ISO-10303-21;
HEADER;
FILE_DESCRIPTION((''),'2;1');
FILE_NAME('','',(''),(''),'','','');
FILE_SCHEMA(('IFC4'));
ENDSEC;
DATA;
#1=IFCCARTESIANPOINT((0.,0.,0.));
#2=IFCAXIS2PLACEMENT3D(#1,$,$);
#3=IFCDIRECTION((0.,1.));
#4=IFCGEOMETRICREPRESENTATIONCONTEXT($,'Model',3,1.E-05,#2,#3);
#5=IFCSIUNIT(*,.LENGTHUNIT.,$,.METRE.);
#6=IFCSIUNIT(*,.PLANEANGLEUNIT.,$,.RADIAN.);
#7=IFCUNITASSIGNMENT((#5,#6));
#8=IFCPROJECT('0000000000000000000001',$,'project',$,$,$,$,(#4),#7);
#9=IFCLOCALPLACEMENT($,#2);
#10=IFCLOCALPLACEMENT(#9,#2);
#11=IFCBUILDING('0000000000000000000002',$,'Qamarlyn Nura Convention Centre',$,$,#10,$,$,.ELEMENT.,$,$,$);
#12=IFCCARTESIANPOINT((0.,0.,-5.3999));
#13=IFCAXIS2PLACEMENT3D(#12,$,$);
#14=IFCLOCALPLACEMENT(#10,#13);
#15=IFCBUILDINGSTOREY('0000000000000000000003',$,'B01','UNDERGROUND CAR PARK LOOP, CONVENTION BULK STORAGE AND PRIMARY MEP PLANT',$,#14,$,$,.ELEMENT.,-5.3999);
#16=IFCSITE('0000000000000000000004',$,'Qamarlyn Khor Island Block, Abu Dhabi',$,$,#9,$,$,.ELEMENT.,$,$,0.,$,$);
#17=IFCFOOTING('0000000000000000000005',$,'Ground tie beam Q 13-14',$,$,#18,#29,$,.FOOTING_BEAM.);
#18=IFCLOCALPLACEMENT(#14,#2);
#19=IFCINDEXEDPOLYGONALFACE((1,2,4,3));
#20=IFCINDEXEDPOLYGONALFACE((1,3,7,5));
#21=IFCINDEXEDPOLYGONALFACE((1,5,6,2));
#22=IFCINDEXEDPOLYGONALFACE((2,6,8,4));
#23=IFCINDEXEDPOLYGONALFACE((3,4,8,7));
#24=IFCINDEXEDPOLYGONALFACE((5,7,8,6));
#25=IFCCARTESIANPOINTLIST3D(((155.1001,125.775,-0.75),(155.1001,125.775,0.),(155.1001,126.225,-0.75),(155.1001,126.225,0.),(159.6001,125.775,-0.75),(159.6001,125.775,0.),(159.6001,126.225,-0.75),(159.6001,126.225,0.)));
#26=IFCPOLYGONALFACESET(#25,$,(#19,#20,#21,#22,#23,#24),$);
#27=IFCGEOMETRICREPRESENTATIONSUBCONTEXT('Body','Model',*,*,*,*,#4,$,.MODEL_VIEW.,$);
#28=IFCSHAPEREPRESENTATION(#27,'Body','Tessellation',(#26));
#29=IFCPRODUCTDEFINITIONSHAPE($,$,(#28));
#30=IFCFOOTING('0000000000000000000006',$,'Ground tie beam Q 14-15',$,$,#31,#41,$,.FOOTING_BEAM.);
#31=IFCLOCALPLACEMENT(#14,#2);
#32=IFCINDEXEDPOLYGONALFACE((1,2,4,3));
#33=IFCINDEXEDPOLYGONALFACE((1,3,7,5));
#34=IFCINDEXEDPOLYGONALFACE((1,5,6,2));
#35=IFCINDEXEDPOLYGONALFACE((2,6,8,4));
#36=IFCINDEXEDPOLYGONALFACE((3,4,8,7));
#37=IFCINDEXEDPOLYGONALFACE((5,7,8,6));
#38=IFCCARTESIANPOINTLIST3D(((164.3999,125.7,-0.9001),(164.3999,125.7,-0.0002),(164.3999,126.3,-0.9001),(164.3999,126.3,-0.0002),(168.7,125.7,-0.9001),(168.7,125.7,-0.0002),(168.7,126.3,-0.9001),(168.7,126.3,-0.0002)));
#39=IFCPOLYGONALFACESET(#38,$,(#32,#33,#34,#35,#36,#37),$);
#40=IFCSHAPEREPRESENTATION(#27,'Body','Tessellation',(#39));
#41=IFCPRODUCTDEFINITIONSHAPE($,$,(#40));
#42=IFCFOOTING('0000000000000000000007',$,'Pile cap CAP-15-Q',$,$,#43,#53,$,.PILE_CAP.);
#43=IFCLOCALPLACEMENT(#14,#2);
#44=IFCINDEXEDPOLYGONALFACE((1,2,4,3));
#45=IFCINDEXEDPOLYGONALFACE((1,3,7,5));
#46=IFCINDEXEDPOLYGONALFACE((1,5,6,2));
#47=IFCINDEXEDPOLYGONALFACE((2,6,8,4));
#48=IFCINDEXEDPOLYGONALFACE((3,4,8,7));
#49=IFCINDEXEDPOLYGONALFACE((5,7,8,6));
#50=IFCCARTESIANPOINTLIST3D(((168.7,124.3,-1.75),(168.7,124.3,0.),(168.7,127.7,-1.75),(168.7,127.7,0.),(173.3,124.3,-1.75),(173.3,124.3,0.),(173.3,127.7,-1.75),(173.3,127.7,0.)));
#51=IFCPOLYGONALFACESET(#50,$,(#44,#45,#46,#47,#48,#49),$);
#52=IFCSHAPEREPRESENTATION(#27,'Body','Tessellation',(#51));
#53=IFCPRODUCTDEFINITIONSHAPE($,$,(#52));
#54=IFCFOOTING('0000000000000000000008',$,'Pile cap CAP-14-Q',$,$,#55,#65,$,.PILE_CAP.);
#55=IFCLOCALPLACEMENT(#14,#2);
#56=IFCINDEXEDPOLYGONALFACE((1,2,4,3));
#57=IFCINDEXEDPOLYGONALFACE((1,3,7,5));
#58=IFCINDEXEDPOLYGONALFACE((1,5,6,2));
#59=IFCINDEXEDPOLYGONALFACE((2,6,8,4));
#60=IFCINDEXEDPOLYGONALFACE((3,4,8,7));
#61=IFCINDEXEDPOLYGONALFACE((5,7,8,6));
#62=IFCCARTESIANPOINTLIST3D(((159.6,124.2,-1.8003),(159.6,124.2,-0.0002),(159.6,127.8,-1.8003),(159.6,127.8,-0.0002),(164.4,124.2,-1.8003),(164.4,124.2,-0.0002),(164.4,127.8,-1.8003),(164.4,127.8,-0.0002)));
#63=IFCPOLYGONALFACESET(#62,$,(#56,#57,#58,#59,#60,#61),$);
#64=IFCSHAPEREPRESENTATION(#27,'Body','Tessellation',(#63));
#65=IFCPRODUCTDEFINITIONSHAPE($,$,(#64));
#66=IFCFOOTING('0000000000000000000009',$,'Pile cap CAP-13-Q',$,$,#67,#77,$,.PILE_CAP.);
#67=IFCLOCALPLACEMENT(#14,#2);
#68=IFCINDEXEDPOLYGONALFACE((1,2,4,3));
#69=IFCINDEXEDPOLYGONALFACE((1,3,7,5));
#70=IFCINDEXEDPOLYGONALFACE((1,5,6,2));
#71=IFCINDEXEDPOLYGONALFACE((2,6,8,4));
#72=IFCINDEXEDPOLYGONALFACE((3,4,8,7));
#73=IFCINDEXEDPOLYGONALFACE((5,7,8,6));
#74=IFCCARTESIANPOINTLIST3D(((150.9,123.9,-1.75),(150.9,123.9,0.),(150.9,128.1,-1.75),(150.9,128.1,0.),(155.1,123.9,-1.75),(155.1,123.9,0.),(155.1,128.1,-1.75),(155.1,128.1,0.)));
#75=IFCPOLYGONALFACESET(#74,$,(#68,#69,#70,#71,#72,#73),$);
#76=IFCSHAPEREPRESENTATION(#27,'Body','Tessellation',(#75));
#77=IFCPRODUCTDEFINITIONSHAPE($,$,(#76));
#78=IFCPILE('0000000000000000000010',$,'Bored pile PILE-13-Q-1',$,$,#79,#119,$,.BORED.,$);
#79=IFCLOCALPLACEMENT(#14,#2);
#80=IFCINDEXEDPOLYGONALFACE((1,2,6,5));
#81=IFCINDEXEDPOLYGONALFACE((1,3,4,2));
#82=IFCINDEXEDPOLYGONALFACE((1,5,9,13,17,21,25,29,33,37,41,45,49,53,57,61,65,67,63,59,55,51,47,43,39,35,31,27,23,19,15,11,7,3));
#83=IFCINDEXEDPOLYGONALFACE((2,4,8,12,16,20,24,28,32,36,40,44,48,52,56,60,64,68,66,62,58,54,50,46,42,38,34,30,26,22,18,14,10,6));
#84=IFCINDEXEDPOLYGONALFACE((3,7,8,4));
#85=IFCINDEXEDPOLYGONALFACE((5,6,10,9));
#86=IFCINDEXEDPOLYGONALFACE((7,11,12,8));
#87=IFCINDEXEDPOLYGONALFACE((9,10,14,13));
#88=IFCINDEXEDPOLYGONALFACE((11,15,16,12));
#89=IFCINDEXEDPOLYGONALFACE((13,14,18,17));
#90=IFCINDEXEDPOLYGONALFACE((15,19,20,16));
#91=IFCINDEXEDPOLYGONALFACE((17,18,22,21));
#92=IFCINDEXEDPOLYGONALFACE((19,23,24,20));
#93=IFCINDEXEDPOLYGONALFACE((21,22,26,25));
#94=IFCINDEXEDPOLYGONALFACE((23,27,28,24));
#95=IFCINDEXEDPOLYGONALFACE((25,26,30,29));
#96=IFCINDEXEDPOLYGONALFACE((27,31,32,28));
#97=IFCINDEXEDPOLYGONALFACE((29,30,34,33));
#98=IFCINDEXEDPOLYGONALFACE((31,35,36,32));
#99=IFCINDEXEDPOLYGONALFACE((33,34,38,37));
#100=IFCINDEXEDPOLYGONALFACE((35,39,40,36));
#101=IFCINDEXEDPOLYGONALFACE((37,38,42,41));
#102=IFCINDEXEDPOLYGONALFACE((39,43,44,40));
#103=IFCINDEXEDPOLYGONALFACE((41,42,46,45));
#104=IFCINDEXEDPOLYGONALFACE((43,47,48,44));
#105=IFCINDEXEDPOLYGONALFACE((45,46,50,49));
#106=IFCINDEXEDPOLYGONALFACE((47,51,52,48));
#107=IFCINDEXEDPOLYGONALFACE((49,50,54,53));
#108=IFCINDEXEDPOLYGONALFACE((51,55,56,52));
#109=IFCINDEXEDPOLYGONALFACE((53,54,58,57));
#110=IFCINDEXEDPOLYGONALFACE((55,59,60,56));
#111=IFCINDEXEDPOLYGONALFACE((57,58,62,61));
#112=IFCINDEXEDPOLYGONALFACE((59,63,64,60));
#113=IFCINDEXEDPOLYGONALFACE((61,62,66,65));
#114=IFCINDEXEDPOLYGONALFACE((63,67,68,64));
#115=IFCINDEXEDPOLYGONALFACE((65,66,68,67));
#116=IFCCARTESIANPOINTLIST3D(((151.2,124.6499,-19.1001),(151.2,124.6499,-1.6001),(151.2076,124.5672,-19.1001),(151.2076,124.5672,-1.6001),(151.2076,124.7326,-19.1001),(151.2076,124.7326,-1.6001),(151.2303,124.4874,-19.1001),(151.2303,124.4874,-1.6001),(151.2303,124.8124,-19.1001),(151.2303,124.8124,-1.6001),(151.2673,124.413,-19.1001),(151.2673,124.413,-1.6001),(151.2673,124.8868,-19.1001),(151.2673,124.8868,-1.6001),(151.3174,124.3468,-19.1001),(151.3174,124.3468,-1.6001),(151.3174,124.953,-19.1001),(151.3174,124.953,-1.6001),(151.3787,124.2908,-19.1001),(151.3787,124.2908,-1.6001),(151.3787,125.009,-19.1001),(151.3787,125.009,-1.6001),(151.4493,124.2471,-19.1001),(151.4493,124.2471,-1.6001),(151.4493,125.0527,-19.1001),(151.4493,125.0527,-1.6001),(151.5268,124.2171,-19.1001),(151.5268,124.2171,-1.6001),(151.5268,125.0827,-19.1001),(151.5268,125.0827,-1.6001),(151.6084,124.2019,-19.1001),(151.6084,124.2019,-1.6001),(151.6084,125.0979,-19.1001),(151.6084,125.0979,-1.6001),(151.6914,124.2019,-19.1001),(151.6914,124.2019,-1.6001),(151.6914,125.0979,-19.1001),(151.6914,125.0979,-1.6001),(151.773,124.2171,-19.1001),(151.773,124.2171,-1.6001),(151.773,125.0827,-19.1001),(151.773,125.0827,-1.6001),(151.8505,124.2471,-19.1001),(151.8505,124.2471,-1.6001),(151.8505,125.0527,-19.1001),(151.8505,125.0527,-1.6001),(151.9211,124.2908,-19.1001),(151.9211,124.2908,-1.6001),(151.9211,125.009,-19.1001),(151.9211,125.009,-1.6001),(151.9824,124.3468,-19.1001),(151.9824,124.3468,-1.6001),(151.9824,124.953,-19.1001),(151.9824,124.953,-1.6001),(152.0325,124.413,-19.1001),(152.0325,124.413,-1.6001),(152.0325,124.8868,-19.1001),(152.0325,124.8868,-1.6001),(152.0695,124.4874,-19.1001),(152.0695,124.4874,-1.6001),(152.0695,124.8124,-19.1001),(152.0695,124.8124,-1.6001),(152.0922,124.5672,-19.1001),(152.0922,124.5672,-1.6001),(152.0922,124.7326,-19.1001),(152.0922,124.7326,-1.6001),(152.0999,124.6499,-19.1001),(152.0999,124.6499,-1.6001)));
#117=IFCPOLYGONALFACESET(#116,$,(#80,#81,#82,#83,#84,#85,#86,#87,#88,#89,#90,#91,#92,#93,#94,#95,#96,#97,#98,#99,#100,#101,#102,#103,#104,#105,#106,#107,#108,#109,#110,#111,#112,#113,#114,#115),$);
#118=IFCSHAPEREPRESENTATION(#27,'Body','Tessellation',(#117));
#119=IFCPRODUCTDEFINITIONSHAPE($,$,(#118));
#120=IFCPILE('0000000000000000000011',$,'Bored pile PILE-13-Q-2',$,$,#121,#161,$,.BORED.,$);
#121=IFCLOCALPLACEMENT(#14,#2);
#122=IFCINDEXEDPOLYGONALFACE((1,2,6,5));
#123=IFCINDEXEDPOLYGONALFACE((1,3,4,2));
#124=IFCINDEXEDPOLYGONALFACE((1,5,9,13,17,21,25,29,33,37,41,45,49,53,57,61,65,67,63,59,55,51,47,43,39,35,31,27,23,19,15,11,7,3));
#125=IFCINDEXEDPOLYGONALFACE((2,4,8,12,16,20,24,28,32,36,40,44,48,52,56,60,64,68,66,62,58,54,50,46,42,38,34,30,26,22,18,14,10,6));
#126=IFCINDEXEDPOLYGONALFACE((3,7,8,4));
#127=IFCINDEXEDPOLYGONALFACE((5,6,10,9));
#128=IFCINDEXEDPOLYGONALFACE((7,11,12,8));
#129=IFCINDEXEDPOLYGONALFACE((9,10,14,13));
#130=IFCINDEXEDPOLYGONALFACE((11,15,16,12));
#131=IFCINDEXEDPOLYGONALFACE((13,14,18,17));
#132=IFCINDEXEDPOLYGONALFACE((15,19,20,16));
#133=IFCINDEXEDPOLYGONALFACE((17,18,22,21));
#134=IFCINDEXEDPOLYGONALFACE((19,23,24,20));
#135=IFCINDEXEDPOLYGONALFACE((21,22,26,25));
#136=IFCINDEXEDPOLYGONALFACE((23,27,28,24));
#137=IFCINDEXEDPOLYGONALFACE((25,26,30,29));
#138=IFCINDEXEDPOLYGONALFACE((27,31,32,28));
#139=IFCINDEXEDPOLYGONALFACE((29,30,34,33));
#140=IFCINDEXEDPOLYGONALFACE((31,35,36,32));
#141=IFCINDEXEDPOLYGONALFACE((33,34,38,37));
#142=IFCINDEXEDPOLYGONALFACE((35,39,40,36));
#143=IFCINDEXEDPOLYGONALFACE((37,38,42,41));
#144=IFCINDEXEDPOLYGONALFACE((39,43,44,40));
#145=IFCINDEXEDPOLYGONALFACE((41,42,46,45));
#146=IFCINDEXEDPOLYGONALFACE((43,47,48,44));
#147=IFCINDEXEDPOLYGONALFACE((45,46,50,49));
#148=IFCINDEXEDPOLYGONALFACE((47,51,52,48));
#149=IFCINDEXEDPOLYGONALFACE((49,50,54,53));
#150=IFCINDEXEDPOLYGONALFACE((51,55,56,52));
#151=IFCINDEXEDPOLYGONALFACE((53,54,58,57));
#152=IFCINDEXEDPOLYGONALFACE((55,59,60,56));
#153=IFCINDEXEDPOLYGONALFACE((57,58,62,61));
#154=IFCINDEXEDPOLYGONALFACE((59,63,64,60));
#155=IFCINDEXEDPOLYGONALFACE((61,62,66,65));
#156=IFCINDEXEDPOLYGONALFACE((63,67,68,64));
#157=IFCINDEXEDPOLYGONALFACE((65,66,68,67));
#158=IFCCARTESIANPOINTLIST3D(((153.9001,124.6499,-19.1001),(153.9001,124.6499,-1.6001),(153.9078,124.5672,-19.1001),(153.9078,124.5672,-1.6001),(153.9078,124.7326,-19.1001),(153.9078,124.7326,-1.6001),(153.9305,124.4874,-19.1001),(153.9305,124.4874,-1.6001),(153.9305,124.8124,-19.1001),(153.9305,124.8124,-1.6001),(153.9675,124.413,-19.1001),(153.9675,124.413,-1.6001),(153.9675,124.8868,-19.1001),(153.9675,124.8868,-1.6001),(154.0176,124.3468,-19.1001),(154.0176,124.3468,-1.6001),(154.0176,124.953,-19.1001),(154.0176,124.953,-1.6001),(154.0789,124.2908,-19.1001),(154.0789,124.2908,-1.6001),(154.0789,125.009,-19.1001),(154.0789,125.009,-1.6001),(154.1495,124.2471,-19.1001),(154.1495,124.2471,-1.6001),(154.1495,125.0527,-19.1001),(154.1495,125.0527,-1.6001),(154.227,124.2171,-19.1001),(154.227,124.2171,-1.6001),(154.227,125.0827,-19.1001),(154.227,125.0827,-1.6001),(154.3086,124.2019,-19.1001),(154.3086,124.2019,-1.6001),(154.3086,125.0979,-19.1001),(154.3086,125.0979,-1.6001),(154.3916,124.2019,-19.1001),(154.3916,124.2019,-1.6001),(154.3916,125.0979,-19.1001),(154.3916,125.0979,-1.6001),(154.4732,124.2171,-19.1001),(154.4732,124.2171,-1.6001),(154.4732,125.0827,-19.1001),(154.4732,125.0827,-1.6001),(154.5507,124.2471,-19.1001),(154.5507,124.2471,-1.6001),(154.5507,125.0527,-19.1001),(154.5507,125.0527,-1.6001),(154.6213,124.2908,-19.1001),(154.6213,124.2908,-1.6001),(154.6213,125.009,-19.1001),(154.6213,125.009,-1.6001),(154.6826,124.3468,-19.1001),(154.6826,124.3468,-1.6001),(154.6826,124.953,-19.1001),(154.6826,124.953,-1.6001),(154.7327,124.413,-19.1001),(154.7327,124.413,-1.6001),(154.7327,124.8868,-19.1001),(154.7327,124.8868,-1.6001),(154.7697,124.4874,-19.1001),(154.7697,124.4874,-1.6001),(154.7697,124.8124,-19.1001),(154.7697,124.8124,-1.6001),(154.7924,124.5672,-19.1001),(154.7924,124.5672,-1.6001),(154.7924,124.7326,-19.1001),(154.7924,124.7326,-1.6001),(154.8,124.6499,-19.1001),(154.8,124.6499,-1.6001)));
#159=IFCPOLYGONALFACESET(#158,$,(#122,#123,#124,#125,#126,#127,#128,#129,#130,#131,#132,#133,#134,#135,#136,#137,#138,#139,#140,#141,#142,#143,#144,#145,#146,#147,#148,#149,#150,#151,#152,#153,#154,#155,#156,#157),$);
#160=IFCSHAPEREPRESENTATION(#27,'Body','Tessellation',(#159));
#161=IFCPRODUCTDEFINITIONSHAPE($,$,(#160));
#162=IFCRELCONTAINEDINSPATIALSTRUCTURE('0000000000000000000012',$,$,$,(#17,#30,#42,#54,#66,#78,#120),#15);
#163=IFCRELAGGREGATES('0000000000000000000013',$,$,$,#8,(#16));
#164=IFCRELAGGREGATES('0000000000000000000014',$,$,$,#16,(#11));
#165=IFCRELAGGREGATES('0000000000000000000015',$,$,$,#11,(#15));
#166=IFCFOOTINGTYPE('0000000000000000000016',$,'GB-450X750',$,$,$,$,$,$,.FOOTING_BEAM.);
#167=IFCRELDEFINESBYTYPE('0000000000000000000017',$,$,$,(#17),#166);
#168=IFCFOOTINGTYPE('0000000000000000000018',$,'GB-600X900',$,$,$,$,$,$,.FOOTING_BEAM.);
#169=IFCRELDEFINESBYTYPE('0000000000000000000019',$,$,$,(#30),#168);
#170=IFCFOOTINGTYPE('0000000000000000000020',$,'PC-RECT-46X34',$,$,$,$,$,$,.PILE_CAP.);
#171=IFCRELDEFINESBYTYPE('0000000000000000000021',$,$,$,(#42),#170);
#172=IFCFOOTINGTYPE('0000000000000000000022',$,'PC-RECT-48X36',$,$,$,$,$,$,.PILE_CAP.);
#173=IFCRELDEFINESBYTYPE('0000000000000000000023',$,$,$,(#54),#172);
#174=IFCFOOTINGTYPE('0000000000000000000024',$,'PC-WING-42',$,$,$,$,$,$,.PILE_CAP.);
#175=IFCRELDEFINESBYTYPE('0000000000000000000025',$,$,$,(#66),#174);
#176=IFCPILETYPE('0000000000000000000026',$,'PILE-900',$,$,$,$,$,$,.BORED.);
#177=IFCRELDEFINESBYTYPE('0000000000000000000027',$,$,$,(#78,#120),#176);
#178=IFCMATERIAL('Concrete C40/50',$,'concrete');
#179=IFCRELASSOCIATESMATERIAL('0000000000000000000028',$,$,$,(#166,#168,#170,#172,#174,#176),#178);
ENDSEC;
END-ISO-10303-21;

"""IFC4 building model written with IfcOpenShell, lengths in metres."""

from ifc_helpers import new_model, si_unit, direction, frame, origin, origin_2d, place, context, subcontext, project, spatial, rectangle, circle, extrude, material, material_profile, profile_set, type_object, element, save


model = new_model("IFC4")

# Units and contexts
model_context = context("Model", 3, precision=1e-05, world=origin(), true_north=direction((0.0, 1.0)))
body_context = subcontext(model_context, "Body", "Model", "MODEL_VIEW")
ifc_project = project(units=[si_unit("LENGTHUNIT", "METRE"), si_unit("PLANEANGLEUNIT", "RADIAN")], contexts=[model_context])

# Site, building, storey
site_placement = place(None, origin())
site = spatial("IfcSite", under=ifc_project, at=site_placement, Name="Qamarlyn Khor Island Block, Abu Dhabi", CompositionType="ELEMENT", RefElevation=0.0)
building_placement = place(site_placement, origin())
building = spatial("IfcBuilding", under=site, at=building_placement, Name="Qamarlyn Nura Convention Centre", CompositionType="ELEMENT")
storey_placement = place(building_placement, frame((0.0, 0.0, -5.3999)))
storey = spatial("IfcBuildingStorey", under=building, at=storey_placement, Name="B01", Description="UNDERGROUND CAR PARK LOOP, CONVENTION BULK STORAGE AND PRIMARY MEP PLANT", CompositionType="ELEMENT", Elevation=-5.3999)

# Footings
ifc_material_1 = material(Name="Concrete C40/50", Category="concrete")
ifc_material_profile_1 = material_profile(ifc_material_1, rectangle(XDim=0.45, YDim=0.75, at=origin_2d()), Name="RC GB 450x750")
ifc_profile_set_1 = profile_set([ifc_material_profile_1], Name="Concrete C40/50")
footing_type_1 = type_object("IfcFootingType", Name="GB-450X750", PredefinedType="FOOTING_BEAM", material=ifc_profile_set_1)
footing_1_placement = place(storey_placement, frame((155.1001, 126.0, -0.375), z_axis=(1.0, 0.0, 0.0), x_axis=(0.0, 1.0, 0.0)))
element("IfcFooting", 1, at=footing_1_placement, inside=storey, type_object=footing_type_1, Name="Ground tie beam Q 13-14", PredefinedType="FOOTING_BEAM", context=body_context, shape_type="SweptSolid", body=[
    extrude(rectangle(XDim=0.45, YDim=0.75, at=origin_2d()), origin(), (0.0, 0.0, 1.0), 4.5),
])
ifc_material_profile_2 = material_profile(ifc_material_1, rectangle(XDim=0.6001, YDim=0.8999, at=origin_2d()), Name="RC GB 600x900")
ifc_profile_set_2 = profile_set([ifc_material_profile_2], Name="Concrete C40/50")
footing_type_2 = type_object("IfcFootingType", Name="GB-600X900", PredefinedType="FOOTING_BEAM", material=ifc_profile_set_2)
footing_2_placement = place(storey_placement, frame((164.3999, 126.0, -0.4502), z_axis=(1.0, 0.0, 0.0), x_axis=(0.0, 1.0, 0.0)))
element("IfcFooting", 2, at=footing_2_placement, inside=storey, type_object=footing_type_2, Name="Ground tie beam Q 14-15", PredefinedType="FOOTING_BEAM", context=body_context, shape_type="SweptSolid", body=[
    extrude(rectangle(XDim=0.6001, YDim=0.8999, at=origin_2d()), origin(), (0.0, 0.0, 1.0), 4.3),
])
footing_type_3 = type_object("IfcFootingType", Name="PC-RECT-46X34", PredefinedType="PILE_CAP", material=ifc_material_1)
footing_3_placement = place(storey_placement, frame((171.0, 126.0, -1.75), z_axis=(0.0, 0.0, 1.0), x_axis=(1.0, 0.0, 0.0)))
element("IfcFooting", 3, at=footing_3_placement, inside=storey, type_object=footing_type_3, Name="Pile cap CAP-15-Q", PredefinedType="PILE_CAP", context=body_context, shape_type="SweptSolid", body=[
    extrude(rectangle(XDim=4.6001, YDim=3.3999, at=origin_2d()), origin(), (0.0, 0.0, 1.0), 1.75),
])
footing_type_4 = type_object("IfcFootingType", Name="PC-RECT-48X36", PredefinedType="PILE_CAP", material=ifc_material_1)
footing_4_placement = place(storey_placement, frame((162.0, 126.0, -1.8003), z_axis=(0.0, 0.0, 1.0), x_axis=(1.0, 0.0, 0.0)))
element("IfcFooting", 4, at=footing_4_placement, inside=storey, type_object=footing_type_4, Name="Pile cap CAP-14-Q", PredefinedType="PILE_CAP", context=body_context, shape_type="SweptSolid", body=[
    extrude(rectangle(XDim=4.8, YDim=3.6001, at=origin_2d()), origin(), (0.0, 0.0, 1.0), 1.8),
])
footing_type_5 = type_object("IfcFootingType", Name="PC-WING-42", PredefinedType="PILE_CAP", material=ifc_material_1)
footing_5_placement = place(storey_placement, frame((153.0, 126.0, -1.75), z_axis=(0.0, 0.0, 1.0), x_axis=(1.0, 0.0, 0.0)))
element("IfcFooting", 5, at=footing_5_placement, inside=storey, type_object=footing_type_5, Name="Pile cap CAP-13-Q", PredefinedType="PILE_CAP", context=body_context, shape_type="SweptSolid", body=[
    extrude(rectangle(XDim=4.2, YDim=4.2, at=origin_2d()), origin(), (0.0, 0.0, 1.0), 1.75),
])

# Piles
ifc_material_profile_3 = material_profile(ifc_material_1, circle(Radius=0.45, at=origin_2d()), Name="BORED PILE 900")
ifc_profile_set_3 = profile_set([ifc_material_profile_3], Name="Concrete C40/50")
pile_type = type_object("IfcPileType", Name="PILE-900", PredefinedType="BORED", material=ifc_profile_set_3)
for number, where, z_axis, x_axis, name in (
    (6, (151.6499, 124.6499, -1.6001), (0.0, 0.0, -1.0), (1.0, 0.0, 0.0), "Bored pile PILE-13-Q-1"),
    (7, (154.3501, 124.6499, -1.6001), (0.0, 0.0, -1.0), (1.0, 0.0, 0.0), "Bored pile PILE-13-Q-2"),
):
    element("IfcPile", number, at=place(storey_placement, frame(where, z_axis=z_axis, x_axis=x_axis)), inside=storey, type_object=pile_type, Name=name, PredefinedType="BORED", context=body_context, shape_type="SweptSolid", body=[
        extrude(circle(Radius=0.45, at=origin_2d()), origin(), (0.0, 0.0, 1.0), 17.5),
    ])

save(model, "model.ifc")
